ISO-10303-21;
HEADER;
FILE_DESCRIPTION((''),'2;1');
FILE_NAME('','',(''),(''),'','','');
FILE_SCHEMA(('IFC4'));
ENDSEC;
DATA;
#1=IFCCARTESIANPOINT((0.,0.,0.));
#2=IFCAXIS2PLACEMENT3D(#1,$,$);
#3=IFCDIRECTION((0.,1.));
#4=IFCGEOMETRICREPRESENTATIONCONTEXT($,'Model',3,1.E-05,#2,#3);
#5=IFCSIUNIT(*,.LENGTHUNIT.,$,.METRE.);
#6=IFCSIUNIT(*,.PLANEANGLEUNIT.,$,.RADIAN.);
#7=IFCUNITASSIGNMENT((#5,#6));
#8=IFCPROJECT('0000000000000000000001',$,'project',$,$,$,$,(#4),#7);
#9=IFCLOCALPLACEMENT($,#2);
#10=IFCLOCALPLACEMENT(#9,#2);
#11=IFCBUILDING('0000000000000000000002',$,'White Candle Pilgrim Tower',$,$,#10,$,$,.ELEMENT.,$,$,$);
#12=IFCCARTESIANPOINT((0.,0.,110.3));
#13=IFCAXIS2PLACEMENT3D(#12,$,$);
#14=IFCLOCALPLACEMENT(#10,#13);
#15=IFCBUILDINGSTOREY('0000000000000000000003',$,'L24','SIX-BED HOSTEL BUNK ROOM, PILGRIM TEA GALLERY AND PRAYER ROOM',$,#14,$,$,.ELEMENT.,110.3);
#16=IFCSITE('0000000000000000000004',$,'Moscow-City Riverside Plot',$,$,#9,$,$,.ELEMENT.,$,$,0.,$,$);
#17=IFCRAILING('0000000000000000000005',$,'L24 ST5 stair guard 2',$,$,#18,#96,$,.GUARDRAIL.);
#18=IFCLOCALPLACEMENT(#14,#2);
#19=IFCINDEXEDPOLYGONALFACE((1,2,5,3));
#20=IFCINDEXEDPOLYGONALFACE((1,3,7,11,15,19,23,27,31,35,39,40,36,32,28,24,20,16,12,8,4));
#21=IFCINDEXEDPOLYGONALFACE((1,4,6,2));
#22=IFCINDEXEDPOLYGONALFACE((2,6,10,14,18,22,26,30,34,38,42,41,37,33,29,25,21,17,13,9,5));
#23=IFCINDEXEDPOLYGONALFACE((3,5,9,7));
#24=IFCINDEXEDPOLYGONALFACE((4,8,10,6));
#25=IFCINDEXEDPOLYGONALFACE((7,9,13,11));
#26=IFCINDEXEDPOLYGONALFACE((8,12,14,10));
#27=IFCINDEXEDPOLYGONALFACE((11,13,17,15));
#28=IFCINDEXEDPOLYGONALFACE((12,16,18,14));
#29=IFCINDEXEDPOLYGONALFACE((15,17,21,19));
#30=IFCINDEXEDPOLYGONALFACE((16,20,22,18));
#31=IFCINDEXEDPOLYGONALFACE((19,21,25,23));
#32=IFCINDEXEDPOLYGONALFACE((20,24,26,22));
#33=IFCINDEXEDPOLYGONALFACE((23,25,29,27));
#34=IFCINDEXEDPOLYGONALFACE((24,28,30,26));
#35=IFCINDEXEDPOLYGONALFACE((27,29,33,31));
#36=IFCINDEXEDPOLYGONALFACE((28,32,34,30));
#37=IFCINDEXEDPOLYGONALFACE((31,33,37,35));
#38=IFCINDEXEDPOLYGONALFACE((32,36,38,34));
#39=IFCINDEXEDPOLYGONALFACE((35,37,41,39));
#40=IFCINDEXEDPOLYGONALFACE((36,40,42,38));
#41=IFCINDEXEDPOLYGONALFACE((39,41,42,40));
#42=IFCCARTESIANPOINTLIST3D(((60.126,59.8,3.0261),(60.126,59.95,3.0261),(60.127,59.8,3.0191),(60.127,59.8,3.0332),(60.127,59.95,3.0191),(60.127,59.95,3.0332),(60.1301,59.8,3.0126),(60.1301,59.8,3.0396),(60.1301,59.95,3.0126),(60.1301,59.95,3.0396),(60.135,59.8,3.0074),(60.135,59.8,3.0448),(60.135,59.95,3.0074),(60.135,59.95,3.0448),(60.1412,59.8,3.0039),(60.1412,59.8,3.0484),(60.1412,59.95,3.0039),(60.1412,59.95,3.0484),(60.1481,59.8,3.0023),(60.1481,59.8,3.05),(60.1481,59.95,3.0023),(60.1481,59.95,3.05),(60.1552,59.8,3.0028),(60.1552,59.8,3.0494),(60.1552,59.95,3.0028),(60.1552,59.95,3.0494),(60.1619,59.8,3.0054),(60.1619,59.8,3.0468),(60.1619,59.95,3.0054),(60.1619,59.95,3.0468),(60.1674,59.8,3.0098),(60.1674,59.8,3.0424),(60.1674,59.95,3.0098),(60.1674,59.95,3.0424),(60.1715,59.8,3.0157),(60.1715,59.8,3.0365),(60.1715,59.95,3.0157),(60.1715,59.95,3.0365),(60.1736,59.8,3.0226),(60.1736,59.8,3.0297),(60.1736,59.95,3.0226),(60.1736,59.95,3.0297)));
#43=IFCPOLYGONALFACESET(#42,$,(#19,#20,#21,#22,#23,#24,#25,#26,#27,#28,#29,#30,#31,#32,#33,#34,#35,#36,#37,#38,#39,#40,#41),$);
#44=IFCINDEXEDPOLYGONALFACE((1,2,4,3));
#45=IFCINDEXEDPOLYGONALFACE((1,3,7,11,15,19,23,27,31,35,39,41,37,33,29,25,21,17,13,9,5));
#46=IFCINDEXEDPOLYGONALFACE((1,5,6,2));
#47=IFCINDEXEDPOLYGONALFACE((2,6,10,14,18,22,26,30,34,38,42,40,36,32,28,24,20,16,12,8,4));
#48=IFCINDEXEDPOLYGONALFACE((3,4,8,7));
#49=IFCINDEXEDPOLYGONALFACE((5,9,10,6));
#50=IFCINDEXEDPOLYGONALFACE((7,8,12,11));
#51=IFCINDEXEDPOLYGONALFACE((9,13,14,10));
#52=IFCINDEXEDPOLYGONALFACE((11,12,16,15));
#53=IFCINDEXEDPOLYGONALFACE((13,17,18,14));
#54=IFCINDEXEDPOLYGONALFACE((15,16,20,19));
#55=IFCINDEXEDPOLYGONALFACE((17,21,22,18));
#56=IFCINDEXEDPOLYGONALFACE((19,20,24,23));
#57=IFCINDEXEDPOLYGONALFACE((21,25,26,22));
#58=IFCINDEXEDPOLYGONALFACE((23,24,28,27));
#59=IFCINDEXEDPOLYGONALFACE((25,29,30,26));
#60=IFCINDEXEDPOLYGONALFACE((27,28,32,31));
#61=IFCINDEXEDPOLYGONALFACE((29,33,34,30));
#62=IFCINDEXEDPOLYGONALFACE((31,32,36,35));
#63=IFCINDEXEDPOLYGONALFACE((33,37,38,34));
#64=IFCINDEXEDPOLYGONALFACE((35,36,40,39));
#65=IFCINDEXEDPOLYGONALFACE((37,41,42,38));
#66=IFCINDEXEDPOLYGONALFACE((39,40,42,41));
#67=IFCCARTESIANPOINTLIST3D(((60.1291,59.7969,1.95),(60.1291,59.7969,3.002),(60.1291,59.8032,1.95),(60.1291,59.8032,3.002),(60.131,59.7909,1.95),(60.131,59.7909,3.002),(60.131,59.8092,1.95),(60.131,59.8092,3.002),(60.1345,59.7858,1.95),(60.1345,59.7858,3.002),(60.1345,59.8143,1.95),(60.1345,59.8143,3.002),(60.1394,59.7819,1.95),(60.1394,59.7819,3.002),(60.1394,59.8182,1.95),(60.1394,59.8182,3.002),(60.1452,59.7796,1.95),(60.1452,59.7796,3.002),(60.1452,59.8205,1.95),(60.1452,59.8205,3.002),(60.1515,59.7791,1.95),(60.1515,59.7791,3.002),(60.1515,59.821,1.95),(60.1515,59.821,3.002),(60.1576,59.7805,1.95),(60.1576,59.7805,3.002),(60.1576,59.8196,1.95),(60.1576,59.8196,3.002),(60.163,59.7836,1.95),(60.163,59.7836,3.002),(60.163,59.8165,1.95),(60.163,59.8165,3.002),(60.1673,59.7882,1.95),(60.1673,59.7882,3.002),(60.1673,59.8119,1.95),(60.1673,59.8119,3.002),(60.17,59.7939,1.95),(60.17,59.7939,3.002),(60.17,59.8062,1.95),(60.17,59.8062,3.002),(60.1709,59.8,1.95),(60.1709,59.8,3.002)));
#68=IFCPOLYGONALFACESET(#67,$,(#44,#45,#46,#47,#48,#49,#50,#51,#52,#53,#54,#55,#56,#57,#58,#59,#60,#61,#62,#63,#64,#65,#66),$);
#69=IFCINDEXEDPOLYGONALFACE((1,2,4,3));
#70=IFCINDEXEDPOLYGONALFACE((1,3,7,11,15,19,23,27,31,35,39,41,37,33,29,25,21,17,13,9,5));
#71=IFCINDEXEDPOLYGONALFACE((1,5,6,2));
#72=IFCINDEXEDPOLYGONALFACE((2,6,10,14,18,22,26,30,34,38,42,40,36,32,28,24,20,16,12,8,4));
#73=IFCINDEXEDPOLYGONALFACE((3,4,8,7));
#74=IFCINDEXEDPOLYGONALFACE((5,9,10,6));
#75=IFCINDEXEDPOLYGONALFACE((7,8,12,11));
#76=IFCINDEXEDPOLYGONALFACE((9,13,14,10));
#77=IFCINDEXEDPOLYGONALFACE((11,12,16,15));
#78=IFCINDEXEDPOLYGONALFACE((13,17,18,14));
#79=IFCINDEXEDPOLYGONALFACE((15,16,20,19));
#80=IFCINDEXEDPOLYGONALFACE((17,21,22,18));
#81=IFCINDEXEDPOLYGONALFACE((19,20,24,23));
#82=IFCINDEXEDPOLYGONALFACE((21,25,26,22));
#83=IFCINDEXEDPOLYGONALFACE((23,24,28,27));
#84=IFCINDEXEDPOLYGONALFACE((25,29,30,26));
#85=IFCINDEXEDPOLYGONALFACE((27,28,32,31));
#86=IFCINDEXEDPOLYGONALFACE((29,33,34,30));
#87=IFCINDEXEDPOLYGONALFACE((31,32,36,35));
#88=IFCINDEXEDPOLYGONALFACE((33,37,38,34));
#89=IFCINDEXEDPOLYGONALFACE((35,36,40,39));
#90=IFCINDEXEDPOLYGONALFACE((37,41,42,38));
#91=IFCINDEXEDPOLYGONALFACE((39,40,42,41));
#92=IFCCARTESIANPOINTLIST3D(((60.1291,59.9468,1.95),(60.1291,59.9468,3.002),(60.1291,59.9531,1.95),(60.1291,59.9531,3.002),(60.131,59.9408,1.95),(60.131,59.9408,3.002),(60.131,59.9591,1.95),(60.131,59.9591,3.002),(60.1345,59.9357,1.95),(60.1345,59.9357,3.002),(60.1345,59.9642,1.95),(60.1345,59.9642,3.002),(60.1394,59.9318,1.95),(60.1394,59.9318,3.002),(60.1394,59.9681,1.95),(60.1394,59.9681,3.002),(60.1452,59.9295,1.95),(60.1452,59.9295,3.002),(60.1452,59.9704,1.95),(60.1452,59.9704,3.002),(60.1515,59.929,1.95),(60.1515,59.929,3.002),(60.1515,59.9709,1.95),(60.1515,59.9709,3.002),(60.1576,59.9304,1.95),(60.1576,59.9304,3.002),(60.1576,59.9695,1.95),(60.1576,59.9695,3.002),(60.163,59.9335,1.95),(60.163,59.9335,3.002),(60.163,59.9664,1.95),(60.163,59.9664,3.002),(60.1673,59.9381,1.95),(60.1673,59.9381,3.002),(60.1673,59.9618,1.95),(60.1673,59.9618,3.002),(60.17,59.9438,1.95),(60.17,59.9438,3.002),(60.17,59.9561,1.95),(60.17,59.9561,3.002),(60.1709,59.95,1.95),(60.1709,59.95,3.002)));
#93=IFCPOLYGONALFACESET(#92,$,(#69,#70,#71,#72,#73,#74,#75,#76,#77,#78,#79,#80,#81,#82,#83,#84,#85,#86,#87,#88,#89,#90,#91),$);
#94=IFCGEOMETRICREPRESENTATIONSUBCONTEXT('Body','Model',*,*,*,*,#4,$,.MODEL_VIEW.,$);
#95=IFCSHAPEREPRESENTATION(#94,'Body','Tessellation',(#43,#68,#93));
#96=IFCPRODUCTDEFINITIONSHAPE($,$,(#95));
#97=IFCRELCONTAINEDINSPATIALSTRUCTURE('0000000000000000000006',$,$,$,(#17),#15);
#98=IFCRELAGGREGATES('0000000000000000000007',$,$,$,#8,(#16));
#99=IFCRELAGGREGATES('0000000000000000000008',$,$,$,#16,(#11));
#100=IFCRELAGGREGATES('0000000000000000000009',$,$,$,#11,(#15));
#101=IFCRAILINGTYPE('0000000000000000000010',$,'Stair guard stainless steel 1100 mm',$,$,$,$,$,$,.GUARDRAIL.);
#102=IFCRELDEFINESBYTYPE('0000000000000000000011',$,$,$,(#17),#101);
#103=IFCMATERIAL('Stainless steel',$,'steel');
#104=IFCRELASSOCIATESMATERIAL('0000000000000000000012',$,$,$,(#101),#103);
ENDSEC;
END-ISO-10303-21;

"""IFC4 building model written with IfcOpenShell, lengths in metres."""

from ifc_helpers import new_model, si_unit, direction, frame, origin, origin_2d, place, context, subcontext, project, spatial, circle, extrude, material, type_object, element, save


model = new_model("IFC4")

# Units and contexts
model_context = context("Model", 3, precision=1e-05, world=origin(), true_north=direction((0.0, 1.0)))
body_context = subcontext(model_context, "Body", "Model", "MODEL_VIEW")
ifc_project = project(units=[si_unit("LENGTHUNIT", "METRE"), si_unit("PLANEANGLEUNIT", "RADIAN")], contexts=[model_context])

# Site, building, storey
site_placement = place(None, origin())
site = spatial("IfcSite", under=ifc_project, at=site_placement, Name="Moscow-City Riverside Plot", CompositionType="ELEMENT", RefElevation=0.0)
building_placement = place(site_placement, origin())
building = spatial("IfcBuilding", under=site, at=building_placement, Name="White Candle Pilgrim Tower", CompositionType="ELEMENT")
storey_placement = place(building_placement, frame((0.0, 0.0, 110.3)))
storey = spatial("IfcBuildingStorey", under=building, at=storey_placement, Name="L24", Description="SIX-BED HOSTEL BUNK ROOM, PILGRIM TEA GALLERY AND PRAYER ROOM", CompositionType="ELEMENT", Elevation=110.3)

# Railing
ifc_material_1 = material(Name="Stainless steel", Category="steel")
railing_type_1 = type_object("IfcRailingType", Name="Stair guard stainless steel 1100 mm", PredefinedType="GUARDRAIL", material=ifc_material_1)
railing_1_placement = place(storey_placement, frame((60.1499, 59.8, 1.95)))
element("IfcRailing", 1, at=railing_1_placement, inside=storey, type_object=railing_type_1, Name="L24 ST5 stair guard 2", PredefinedType="GUARDRAIL", context=body_context, shape_type="SweptSolid", body=[
    extrude(circle(Radius=0.0239, at=origin_2d()), frame((0.0, 0.0, 1.0762), z_axis=(0.0, 1.0, 0.0), x_axis=(-1.0, 0.0, 0.0)), (0.0, 0.0, 1.0), 0.1499),
    extrude(circle(Radius=0.021, at=origin_2d()), origin(), (0.0, 0.0, 1.0), 1.052),
    extrude(circle(Radius=0.021, at=origin_2d()), frame((0.0, 0.1499, 0.0)), (0.0, 0.0, 1.0), 1.052),
])

save(model, "model.ifc")
